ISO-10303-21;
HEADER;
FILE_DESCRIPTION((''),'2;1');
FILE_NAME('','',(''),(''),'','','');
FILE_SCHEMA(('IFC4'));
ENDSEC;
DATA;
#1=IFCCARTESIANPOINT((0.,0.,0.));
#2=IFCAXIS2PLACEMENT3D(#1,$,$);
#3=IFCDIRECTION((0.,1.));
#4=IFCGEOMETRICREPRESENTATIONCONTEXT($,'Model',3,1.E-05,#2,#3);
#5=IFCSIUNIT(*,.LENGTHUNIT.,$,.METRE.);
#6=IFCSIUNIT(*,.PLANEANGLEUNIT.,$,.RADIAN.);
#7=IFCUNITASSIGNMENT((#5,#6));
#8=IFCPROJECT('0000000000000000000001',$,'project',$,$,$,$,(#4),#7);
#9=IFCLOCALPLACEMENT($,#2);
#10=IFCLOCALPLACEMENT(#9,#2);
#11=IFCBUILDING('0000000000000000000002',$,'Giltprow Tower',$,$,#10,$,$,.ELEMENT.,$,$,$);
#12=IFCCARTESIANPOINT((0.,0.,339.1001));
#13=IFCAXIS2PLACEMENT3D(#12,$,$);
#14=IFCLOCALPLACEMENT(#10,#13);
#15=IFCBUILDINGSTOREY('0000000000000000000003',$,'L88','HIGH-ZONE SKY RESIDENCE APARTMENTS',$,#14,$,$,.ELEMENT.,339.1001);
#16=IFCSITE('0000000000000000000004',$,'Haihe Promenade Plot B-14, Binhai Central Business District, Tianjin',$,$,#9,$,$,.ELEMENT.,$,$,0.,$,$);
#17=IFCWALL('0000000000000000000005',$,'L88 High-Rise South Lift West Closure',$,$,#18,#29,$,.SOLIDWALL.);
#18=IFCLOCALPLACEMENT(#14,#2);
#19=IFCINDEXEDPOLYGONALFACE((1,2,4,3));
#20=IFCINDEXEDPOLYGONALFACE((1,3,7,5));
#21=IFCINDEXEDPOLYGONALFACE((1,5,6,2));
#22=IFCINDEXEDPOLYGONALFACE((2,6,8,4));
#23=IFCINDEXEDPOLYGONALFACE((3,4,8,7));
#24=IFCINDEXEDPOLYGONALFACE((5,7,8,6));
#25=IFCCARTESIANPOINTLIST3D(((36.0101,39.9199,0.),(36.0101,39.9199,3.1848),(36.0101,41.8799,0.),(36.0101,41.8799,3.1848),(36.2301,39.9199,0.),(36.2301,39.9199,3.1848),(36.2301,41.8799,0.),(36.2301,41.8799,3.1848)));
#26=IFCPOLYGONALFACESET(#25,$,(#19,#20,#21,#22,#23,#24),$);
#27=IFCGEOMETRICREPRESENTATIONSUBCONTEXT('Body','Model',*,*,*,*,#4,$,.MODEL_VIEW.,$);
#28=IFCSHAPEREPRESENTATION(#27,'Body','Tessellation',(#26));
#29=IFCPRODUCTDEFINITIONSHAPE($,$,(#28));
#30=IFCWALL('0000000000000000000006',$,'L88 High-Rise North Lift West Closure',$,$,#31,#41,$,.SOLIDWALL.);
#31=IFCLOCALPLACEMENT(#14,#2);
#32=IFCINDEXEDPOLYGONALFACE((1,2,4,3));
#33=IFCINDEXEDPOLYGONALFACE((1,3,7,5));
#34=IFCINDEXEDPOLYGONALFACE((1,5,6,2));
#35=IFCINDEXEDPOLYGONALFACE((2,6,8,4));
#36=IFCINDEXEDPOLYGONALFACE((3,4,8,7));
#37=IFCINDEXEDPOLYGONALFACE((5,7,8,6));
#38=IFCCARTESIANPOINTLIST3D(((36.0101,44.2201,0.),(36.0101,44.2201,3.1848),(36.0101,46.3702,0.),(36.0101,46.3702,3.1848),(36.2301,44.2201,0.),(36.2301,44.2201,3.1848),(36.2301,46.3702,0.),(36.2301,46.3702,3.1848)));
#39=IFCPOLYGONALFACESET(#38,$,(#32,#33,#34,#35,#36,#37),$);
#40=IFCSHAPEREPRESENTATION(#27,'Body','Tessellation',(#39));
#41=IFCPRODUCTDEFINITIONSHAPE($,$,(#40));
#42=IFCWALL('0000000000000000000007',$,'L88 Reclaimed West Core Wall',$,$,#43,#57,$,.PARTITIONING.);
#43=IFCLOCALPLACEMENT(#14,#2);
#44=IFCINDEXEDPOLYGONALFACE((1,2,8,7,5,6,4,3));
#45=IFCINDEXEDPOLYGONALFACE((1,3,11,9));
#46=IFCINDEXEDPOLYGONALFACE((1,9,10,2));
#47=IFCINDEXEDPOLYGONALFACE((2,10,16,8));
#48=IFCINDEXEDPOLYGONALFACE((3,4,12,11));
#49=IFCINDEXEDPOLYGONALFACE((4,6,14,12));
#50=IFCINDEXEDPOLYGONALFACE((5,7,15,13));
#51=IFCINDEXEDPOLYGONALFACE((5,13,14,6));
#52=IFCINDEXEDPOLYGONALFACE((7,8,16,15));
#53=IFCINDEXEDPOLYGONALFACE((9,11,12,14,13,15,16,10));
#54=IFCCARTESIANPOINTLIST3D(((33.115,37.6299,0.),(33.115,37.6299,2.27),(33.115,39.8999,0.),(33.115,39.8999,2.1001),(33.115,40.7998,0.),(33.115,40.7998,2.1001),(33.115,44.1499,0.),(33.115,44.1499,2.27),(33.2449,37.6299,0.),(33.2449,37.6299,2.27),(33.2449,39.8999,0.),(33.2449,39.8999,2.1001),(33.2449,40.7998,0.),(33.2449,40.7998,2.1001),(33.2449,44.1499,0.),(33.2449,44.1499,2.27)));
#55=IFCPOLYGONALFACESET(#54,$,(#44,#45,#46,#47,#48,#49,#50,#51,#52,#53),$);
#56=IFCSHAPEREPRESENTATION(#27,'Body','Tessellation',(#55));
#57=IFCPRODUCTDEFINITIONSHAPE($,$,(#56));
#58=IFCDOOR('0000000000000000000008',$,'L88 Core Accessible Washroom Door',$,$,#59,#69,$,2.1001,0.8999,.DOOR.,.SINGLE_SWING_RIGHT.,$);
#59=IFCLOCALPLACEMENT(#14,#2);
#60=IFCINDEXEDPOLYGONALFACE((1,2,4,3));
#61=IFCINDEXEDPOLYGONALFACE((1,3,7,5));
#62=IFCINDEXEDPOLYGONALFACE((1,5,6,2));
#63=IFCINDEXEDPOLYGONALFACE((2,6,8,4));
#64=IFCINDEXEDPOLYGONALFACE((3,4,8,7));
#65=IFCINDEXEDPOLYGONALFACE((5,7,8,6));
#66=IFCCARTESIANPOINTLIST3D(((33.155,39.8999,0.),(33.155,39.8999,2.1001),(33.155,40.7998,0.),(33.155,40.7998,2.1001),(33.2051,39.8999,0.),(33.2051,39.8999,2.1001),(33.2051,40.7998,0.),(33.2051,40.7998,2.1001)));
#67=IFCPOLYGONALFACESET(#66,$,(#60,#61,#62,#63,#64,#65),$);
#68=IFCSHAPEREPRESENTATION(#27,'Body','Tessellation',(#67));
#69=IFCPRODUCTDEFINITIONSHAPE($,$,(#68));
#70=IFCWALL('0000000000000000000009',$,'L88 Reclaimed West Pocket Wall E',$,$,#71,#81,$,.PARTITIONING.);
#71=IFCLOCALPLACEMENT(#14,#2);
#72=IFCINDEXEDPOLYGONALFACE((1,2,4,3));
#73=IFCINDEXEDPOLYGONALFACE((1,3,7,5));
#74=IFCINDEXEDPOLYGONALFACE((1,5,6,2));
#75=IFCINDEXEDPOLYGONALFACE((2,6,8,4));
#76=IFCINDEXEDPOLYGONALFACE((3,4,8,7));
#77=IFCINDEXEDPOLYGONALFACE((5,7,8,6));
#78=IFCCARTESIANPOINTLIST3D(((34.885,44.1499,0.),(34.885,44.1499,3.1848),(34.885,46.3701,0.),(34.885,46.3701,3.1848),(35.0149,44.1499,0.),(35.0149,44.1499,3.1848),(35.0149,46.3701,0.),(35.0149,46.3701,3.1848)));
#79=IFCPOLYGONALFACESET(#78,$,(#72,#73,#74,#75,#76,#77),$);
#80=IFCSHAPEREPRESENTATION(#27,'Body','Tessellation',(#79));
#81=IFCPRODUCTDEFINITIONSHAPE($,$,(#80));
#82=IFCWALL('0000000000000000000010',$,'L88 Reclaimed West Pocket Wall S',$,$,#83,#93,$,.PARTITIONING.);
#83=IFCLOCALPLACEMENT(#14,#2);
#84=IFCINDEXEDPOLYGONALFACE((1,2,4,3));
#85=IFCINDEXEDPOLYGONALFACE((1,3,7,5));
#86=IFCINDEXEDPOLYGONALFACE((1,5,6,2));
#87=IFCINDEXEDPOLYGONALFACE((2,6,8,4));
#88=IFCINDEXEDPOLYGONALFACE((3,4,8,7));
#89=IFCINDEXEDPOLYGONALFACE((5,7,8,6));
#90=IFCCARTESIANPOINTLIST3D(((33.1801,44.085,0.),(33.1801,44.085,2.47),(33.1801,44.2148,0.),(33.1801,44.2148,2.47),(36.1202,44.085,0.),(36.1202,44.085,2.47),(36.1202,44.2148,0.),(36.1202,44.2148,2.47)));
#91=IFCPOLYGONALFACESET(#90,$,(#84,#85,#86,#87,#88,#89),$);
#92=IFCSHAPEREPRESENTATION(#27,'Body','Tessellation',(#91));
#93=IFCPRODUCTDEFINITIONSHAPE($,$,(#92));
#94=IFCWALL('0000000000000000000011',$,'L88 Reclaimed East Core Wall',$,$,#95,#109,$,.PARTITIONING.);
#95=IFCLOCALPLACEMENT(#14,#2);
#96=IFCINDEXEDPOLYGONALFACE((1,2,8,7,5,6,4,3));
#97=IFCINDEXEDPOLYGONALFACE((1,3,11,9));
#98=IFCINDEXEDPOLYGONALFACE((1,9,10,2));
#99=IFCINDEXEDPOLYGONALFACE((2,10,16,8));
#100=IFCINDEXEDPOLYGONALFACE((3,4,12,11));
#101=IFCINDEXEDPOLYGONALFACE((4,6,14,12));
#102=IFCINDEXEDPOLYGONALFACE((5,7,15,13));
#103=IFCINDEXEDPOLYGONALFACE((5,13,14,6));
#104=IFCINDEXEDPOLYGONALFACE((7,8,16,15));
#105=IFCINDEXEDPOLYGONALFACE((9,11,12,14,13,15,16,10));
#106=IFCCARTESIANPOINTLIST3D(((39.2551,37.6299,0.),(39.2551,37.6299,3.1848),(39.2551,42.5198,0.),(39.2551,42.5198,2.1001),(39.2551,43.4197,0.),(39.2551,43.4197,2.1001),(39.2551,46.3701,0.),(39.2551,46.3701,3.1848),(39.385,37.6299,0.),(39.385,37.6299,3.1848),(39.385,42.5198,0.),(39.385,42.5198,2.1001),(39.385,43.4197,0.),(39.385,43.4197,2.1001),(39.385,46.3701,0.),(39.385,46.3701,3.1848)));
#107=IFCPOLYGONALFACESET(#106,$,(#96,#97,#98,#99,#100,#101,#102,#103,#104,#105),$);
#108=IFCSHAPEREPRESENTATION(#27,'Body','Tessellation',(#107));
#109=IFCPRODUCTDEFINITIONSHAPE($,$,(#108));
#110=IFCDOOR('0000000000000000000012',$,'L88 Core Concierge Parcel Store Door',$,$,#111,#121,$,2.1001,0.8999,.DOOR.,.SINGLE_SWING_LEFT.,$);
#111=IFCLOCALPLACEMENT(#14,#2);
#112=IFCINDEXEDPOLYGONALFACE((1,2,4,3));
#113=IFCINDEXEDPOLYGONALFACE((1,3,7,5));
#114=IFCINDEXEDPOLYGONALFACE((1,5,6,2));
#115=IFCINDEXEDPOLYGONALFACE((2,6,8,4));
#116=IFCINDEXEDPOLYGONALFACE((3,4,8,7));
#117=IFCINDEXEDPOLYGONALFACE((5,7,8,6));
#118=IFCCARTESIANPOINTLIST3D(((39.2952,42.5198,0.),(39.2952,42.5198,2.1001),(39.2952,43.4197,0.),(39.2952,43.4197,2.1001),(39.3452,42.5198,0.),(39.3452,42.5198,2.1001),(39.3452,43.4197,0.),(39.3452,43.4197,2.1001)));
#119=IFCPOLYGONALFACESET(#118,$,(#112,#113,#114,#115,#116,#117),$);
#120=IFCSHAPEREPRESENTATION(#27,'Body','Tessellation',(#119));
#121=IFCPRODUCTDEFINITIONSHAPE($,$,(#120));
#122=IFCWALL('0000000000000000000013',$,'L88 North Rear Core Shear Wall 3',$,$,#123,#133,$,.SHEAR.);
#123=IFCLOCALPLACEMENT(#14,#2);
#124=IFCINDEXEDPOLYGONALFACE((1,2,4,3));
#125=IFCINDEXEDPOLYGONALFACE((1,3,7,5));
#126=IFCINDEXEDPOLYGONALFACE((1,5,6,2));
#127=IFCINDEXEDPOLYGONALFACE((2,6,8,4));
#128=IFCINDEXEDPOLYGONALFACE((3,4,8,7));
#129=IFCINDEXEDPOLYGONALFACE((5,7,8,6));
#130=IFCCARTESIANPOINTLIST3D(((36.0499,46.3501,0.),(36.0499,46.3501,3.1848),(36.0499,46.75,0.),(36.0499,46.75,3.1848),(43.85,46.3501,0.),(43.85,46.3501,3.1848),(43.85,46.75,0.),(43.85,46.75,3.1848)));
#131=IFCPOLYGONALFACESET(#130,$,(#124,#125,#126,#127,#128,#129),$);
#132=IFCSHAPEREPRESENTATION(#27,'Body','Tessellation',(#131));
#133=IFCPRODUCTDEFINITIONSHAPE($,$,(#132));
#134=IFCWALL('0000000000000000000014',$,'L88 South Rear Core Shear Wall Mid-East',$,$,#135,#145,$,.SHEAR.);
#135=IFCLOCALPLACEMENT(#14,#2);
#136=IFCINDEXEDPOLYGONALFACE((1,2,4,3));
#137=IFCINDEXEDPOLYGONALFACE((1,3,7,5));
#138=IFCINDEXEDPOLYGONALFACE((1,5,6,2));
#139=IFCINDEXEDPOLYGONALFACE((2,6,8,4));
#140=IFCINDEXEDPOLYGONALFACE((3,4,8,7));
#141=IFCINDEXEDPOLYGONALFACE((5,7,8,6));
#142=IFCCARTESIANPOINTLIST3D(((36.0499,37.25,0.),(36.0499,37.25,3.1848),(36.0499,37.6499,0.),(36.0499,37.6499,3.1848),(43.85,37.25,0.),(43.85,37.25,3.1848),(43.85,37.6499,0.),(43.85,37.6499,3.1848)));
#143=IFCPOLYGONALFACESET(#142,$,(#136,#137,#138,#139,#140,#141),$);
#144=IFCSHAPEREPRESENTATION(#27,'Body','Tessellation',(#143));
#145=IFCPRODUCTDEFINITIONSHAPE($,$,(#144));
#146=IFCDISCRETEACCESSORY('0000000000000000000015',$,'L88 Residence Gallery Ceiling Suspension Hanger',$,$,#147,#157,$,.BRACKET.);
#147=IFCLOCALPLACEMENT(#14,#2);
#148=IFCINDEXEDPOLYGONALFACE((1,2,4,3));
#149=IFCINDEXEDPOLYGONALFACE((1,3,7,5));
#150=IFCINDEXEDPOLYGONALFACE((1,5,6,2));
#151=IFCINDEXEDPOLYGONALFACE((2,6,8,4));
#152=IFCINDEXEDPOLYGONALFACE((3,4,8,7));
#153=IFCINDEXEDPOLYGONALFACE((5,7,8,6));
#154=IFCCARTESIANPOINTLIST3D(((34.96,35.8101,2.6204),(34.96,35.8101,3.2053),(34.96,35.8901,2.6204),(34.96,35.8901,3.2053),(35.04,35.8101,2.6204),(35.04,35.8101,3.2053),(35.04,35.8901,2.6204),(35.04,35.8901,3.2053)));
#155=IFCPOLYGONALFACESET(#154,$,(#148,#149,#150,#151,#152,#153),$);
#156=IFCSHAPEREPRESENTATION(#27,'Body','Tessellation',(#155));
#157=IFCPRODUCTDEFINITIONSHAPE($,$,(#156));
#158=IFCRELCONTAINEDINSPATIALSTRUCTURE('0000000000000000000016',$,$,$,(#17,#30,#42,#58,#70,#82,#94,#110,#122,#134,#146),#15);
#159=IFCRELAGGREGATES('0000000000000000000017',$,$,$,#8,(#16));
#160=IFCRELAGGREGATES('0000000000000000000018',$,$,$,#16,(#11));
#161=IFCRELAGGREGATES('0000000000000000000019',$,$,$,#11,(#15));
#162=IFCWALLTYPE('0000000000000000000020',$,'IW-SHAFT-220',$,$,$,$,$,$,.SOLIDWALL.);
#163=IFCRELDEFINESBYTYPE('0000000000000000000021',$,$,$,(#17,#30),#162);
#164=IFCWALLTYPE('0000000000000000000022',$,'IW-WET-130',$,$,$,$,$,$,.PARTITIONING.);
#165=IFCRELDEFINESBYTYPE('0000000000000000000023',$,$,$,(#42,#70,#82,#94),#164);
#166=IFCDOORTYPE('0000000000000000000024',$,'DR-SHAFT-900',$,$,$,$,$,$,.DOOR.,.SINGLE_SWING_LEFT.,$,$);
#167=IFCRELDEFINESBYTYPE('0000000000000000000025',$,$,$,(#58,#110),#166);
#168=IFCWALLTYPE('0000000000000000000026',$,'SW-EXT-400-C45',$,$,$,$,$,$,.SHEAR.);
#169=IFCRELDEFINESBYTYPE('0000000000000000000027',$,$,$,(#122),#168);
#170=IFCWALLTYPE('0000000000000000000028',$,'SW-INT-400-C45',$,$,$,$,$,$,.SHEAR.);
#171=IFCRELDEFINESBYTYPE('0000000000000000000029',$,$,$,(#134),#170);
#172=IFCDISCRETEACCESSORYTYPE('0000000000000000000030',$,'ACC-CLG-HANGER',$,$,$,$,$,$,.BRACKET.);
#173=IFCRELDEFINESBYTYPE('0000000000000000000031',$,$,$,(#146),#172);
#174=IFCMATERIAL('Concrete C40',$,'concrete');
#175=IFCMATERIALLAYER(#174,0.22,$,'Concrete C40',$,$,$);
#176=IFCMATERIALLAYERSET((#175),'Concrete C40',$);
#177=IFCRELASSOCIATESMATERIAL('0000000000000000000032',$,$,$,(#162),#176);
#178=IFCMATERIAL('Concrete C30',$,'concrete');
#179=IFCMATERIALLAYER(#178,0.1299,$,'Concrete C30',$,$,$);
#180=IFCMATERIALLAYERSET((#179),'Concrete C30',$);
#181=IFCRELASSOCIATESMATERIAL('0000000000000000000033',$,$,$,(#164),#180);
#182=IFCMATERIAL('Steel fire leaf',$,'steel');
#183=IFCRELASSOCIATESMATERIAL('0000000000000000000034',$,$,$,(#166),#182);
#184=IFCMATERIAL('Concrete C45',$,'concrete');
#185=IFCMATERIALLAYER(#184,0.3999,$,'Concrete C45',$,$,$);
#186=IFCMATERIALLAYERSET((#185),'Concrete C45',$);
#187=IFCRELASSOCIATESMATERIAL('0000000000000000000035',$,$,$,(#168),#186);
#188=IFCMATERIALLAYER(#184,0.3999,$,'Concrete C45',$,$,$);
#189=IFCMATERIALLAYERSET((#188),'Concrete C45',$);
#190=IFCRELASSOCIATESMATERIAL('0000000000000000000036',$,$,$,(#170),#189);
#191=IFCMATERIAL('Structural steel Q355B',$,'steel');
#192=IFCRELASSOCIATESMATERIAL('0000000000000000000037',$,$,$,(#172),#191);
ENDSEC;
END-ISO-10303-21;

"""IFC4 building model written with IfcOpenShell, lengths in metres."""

from ifc_helpers import new_model, si_unit, direction, frame, frame_2d, origin, origin_2d, place, context, subcontext, project, spatial, rectangle, extrude, source, transform, mapped, material, layer, layer_set, type_object, element, fill, save


model = new_model("IFC4")

# Units and contexts
model_context = context("Model", 3, precision=1e-05, world=origin(), true_north=direction((0.0, 1.0)))
body_context = subcontext(model_context, "Body", "Model", "MODEL_VIEW")
ifc_project = project(units=[si_unit("LENGTHUNIT", "METRE"), si_unit("PLANEANGLEUNIT", "RADIAN")], contexts=[model_context])

# Site, building, storey
site_placement = place(None, origin())
site = spatial("IfcSite", under=ifc_project, at=site_placement, Name="Haihe Promenade Plot B-14, Binhai Central Business District, Tianjin", CompositionType="ELEMENT", RefElevation=0.0)
building_placement = place(site_placement, origin())
building = spatial("IfcBuilding", under=site, at=building_placement, Name="Giltprow Tower", CompositionType="ELEMENT")
storey_placement = place(building_placement, frame((0.0, 0.0, 339.1001)))
storey = spatial("IfcBuildingStorey", under=building, at=storey_placement, Name="L88", Description="HIGH-ZONE SKY RESIDENCE APARTMENTS", CompositionType="ELEMENT", Elevation=339.1001)

# Shared definitions
ifc_material_1 = material(Name="Concrete C45", Category="concrete")

# Shared definitions
ifc_material_2 = material(Name="Structural steel Q355B", Category="steel")

# Shared definitions
ifc_material_3 = material(Name="Concrete C40", Category="concrete")
ifc_layer_1 = layer(ifc_material_3, 0.22, Name="Concrete C40")
ifc_layer_set_1 = layer_set([ifc_layer_1], Name="Concrete C40")
wall_type_1 = type_object("IfcWallType", Name="IW-SHAFT-220", PredefinedType="SOLIDWALL", material=ifc_layer_set_1)

# Walls
wall_1_placement = place(storey_placement, frame((36.1201, 39.9199, 0.0), z_axis=(0.0, 0.0, 1.0), x_axis=(0.0, 1.0, 0.0)))
element("IfcWall", 1, at=wall_1_placement, inside=storey, type_object=wall_type_1, Name="L88 High-Rise South Lift West Closure", PredefinedType="SOLIDWALL", context=body_context, shape_type="SweptSolid", body=[
    extrude(rectangle(XDim=1.96, YDim=0.22, at=frame_2d((0.98, 0.0))), origin(), (0.0, 0.0, 1.0), 3.1848),
])
wall_2_placement = place(storey_placement, frame((36.1201, 44.22, 0.0), z_axis=(0.0, 0.0, 1.0), x_axis=(0.0, 1.0, 0.0)))
element("IfcWall", 2, at=wall_2_placement, inside=storey, type_object=wall_type_1, Name="L88 High-Rise North Lift West Closure", PredefinedType="SOLIDWALL", context=body_context, shape_type="SweptSolid", body=[
    extrude(rectangle(XDim=2.1501, YDim=0.22, at=frame_2d((1.0752, 0.0))), origin(), (0.0, 0.0, 1.0), 3.1848),
])

# Wall, opening, door
ifc_material_4 = material(Name="Concrete C30", Category="concrete")
ifc_layer_2 = layer(ifc_material_4, 0.1299, Name="Concrete C30")
ifc_layer_set_2 = layer_set([ifc_layer_2], Name="Concrete C30")
wall_type_2 = type_object("IfcWallType", Name="IW-WET-130", PredefinedType="PARTITIONING", material=ifc_layer_set_2)
wall_3_placement = place(storey_placement, frame((33.1799, 37.6299, 0.0), z_axis=(0.0, 0.0, 1.0), x_axis=(0.0, 1.0, 0.0)))
wall_3 = element("IfcWall", 3, at=wall_3_placement, inside=storey, type_object=wall_type_2, Name="L88 Reclaimed West Core Wall", PredefinedType="PARTITIONING", context=body_context, shape_type="SweptSolid", body=[
    extrude(rectangle(XDim=6.52, YDim=0.1299, at=frame_2d((3.26, 0.0))), origin(), (0.0, 0.0, 1.0), 2.27),
])
opening_1_placement = place(wall_3_placement, frame((2.27, 0.0, 0.0)))
opening_1 = element("IfcOpeningElement", 4, at=opening_1_placement, cuts=wall_3, PredefinedType="OPENING", context=body_context, shape_type="SweptSolid", body=[
    extrude(rectangle(XDim=0.8999, YDim=2.1001, at=frame_2d((0.45, 1.05))), frame((0.0, 0.075, 0.0), z_axis=(0.0, -1.0, 0.0), x_axis=(1.0, 0.0, 0.0)), (0.0, 0.0, 1.0), 0.1499),
])
ifc_material_5 = material(Name="Steel fire leaf", Category="steel")
door_type_1 = type_object("IfcDoorType", Name="DR-SHAFT-900", OperationType="SINGLE_SWING_LEFT", PredefinedType="DOOR", material=ifc_material_5)
shared_shape_1 = source(origin(), body_context, "Body", "SweptSolid", [
    extrude(rectangle(XDim=0.8999, YDim=2.1001, at=frame_2d((0.45, 1.05))), frame((0.0, 0.0249, 0.0), z_axis=(0.0, -1.0, 0.0), x_axis=(1.0, 0.0, 0.0)), (0.0, 0.0, 1.0), 0.05),
])
door_1_placement = place(opening_1_placement, origin())
door_1 = element("IfcDoor", 5, at=door_1_placement, inside=storey, type_object=door_type_1, Name="L88 Core Accessible Washroom Door", OperationType="SINGLE_SWING_RIGHT", OverallHeight=2.1001, OverallWidth=0.8999, PredefinedType="DOOR", context=body_context, shape_type="MappedRepresentation", body=[
    mapped(shared_shape_1, transform((0.0, 0.0, 0.0), x_axis=(1.0, 0.0, 0.0), y_axis=(0.0, 1.0, 0.0), z_axis=(0.0, 0.0, 1.0), scale=1.0)),
])
fill(opening_1, door_1)

# Walls
wall_4_placement = place(storey_placement, frame((34.95, 44.1499, 0.0), z_axis=(0.0, 0.0, 1.0), x_axis=(0.0, 1.0, 0.0)))
element("IfcWall", 6, at=wall_4_placement, inside=storey, type_object=wall_type_2, Name="L88 Reclaimed West Pocket Wall E", PredefinedType="PARTITIONING", context=body_context, shape_type="SweptSolid", body=[
    extrude(rectangle(XDim=2.2202, YDim=0.1299, at=frame_2d((1.1101, 0.0))), origin(), (0.0, 0.0, 1.0), 3.1848),
])
wall_5_placement = place(storey_placement, frame((33.1799, 44.1499, 0.0), z_axis=(0.0, 0.0, 1.0), x_axis=(1.0, 0.0, 0.0)))
element("IfcWall", 7, at=wall_5_placement, inside=storey, type_object=wall_type_2, Name="L88 Reclaimed West Pocket Wall S", PredefinedType="PARTITIONING", context=body_context, shape_type="SweptSolid", body=[
    extrude(rectangle(XDim=2.9402, YDim=0.1299, at=frame_2d((1.4702, 0.0))), origin(), (0.0, 0.0, 1.0), 2.47),
])

# Wall, opening, door
wall_6_placement = place(storey_placement, frame((39.3201, 37.6299, 0.0), z_axis=(0.0, 0.0, 1.0), x_axis=(0.0, 1.0, 0.0)))
wall_6 = element("IfcWall", 8, at=wall_6_placement, inside=storey, type_object=wall_type_2, Name="L88 Reclaimed East Core Wall", PredefinedType="PARTITIONING", context=body_context, shape_type="SweptSolid", body=[
    extrude(rectangle(XDim=8.7402, YDim=0.1299, at=frame_2d((4.3701, 0.0))), origin(), (0.0, 0.0, 1.0), 3.1848),
])
opening_2_placement = place(wall_6_placement, frame((4.8899, 0.0, 0.0)))
opening_2 = element("IfcOpeningElement", 9, at=opening_2_placement, cuts=wall_6, PredefinedType="OPENING", context=body_context, shape_type="SweptSolid", body=[
    extrude(rectangle(XDim=0.8999, YDim=2.1001, at=frame_2d((0.45, 1.05))), frame((0.0, 0.075, 0.0), z_axis=(0.0, -1.0, 0.0), x_axis=(1.0, 0.0, 0.0)), (0.0, 0.0, 1.0), 0.1499),
])
door_2_placement = place(opening_2_placement, origin())
door_2 = element("IfcDoor", 10, at=door_2_placement, inside=storey, type_object=door_type_1, Name="L88 Core Concierge Parcel Store Door", OperationType="SINGLE_SWING_LEFT", OverallHeight=2.1001, OverallWidth=0.8999, PredefinedType="DOOR", context=body_context, shape_type="MappedRepresentation", body=[
    mapped(shared_shape_1, transform((0.0, 0.0, 0.0), x_axis=(1.0, 0.0, 0.0), y_axis=(0.0, 1.0, 0.0), z_axis=(0.0, 0.0, 1.0), scale=1.0)),
])
fill(opening_2, door_2)

# Walls
ifc_layer_3 = layer(ifc_material_1, 0.3999, Name="Concrete C45")
ifc_layer_set_3 = layer_set([ifc_layer_3], Name="Concrete C45")
wall_type_3 = type_object("IfcWallType", Name="SW-EXT-400-C45", PredefinedType="SHEAR", material=ifc_layer_set_3)
wall_7_placement = place(storey_placement, frame((36.05, 46.55, 0.0), z_axis=(0.0, 0.0, 1.0), x_axis=(1.0, 0.0, 0.0)))
element("IfcWall", 11, at=wall_7_placement, inside=storey, type_object=wall_type_3, Name="L88 North Rear Core Shear Wall 3", PredefinedType="SHEAR", context=body_context, shape_type="SweptSolid", body=[
    extrude(rectangle(XDim=7.8, YDim=0.3999, at=frame_2d((3.8999, 0.0))), origin(), (0.0, 0.0, 1.0), 3.1848),
])
ifc_layer_4 = layer(ifc_material_1, 0.3999, Name="Concrete C45")
ifc_layer_set_4 = layer_set([ifc_layer_4], Name="Concrete C45")
wall_type_4 = type_object("IfcWallType", Name="SW-INT-400-C45", PredefinedType="SHEAR", material=ifc_layer_set_4)
wall_8_placement = place(storey_placement, frame((36.05, 37.45, 0.0), z_axis=(0.0, 0.0, 1.0), x_axis=(1.0, 0.0, 0.0)))
element("IfcWall", 12, at=wall_8_placement, inside=storey, type_object=wall_type_4, Name="L88 South Rear Core Shear Wall Mid-East", PredefinedType="SHEAR", context=body_context, shape_type="SweptSolid", body=[
    extrude(rectangle(XDim=7.8, YDim=0.3999, at=frame_2d((3.8999, 0.0))), origin(), (0.0, 0.0, 1.0), 3.1848),
])

# Discrete accessory
discrete_accessory_type = type_object("IfcDiscreteAccessoryType", Name="ACC-CLG-HANGER", PredefinedType="BRACKET", material=ifc_material_2)
shared_shape_2 = source(origin(), body_context, "Body", "SweptSolid", [
    extrude(rectangle(XDim=0.0801, YDim=0.0801, at=origin_2d()), origin(), (0.0, 0.0, 1.0), 0.585),
])
discrete_accessory_placement = place(storey_placement, frame((35.0, 35.8501, 2.6204), z_axis=(0.0, 0.0, 1.0), x_axis=(1.0, 0.0, 0.0)))
element("IfcDiscreteAccessory", 13, at=discrete_accessory_placement, inside=storey, type_object=discrete_accessory_type, Name="L88 Residence Gallery Ceiling Suspension Hanger", PredefinedType="BRACKET", context=body_context, shape_type="MappedRepresentation", body=[
    mapped(shared_shape_2, transform((0.0, 0.0, 0.0), x_axis=(1.0, 0.0, 0.0), y_axis=(0.0, 1.0, 0.0), z_axis=(0.0, 0.0, 1.0), scale=1.0)),
])

save(model, "model.ifc")
